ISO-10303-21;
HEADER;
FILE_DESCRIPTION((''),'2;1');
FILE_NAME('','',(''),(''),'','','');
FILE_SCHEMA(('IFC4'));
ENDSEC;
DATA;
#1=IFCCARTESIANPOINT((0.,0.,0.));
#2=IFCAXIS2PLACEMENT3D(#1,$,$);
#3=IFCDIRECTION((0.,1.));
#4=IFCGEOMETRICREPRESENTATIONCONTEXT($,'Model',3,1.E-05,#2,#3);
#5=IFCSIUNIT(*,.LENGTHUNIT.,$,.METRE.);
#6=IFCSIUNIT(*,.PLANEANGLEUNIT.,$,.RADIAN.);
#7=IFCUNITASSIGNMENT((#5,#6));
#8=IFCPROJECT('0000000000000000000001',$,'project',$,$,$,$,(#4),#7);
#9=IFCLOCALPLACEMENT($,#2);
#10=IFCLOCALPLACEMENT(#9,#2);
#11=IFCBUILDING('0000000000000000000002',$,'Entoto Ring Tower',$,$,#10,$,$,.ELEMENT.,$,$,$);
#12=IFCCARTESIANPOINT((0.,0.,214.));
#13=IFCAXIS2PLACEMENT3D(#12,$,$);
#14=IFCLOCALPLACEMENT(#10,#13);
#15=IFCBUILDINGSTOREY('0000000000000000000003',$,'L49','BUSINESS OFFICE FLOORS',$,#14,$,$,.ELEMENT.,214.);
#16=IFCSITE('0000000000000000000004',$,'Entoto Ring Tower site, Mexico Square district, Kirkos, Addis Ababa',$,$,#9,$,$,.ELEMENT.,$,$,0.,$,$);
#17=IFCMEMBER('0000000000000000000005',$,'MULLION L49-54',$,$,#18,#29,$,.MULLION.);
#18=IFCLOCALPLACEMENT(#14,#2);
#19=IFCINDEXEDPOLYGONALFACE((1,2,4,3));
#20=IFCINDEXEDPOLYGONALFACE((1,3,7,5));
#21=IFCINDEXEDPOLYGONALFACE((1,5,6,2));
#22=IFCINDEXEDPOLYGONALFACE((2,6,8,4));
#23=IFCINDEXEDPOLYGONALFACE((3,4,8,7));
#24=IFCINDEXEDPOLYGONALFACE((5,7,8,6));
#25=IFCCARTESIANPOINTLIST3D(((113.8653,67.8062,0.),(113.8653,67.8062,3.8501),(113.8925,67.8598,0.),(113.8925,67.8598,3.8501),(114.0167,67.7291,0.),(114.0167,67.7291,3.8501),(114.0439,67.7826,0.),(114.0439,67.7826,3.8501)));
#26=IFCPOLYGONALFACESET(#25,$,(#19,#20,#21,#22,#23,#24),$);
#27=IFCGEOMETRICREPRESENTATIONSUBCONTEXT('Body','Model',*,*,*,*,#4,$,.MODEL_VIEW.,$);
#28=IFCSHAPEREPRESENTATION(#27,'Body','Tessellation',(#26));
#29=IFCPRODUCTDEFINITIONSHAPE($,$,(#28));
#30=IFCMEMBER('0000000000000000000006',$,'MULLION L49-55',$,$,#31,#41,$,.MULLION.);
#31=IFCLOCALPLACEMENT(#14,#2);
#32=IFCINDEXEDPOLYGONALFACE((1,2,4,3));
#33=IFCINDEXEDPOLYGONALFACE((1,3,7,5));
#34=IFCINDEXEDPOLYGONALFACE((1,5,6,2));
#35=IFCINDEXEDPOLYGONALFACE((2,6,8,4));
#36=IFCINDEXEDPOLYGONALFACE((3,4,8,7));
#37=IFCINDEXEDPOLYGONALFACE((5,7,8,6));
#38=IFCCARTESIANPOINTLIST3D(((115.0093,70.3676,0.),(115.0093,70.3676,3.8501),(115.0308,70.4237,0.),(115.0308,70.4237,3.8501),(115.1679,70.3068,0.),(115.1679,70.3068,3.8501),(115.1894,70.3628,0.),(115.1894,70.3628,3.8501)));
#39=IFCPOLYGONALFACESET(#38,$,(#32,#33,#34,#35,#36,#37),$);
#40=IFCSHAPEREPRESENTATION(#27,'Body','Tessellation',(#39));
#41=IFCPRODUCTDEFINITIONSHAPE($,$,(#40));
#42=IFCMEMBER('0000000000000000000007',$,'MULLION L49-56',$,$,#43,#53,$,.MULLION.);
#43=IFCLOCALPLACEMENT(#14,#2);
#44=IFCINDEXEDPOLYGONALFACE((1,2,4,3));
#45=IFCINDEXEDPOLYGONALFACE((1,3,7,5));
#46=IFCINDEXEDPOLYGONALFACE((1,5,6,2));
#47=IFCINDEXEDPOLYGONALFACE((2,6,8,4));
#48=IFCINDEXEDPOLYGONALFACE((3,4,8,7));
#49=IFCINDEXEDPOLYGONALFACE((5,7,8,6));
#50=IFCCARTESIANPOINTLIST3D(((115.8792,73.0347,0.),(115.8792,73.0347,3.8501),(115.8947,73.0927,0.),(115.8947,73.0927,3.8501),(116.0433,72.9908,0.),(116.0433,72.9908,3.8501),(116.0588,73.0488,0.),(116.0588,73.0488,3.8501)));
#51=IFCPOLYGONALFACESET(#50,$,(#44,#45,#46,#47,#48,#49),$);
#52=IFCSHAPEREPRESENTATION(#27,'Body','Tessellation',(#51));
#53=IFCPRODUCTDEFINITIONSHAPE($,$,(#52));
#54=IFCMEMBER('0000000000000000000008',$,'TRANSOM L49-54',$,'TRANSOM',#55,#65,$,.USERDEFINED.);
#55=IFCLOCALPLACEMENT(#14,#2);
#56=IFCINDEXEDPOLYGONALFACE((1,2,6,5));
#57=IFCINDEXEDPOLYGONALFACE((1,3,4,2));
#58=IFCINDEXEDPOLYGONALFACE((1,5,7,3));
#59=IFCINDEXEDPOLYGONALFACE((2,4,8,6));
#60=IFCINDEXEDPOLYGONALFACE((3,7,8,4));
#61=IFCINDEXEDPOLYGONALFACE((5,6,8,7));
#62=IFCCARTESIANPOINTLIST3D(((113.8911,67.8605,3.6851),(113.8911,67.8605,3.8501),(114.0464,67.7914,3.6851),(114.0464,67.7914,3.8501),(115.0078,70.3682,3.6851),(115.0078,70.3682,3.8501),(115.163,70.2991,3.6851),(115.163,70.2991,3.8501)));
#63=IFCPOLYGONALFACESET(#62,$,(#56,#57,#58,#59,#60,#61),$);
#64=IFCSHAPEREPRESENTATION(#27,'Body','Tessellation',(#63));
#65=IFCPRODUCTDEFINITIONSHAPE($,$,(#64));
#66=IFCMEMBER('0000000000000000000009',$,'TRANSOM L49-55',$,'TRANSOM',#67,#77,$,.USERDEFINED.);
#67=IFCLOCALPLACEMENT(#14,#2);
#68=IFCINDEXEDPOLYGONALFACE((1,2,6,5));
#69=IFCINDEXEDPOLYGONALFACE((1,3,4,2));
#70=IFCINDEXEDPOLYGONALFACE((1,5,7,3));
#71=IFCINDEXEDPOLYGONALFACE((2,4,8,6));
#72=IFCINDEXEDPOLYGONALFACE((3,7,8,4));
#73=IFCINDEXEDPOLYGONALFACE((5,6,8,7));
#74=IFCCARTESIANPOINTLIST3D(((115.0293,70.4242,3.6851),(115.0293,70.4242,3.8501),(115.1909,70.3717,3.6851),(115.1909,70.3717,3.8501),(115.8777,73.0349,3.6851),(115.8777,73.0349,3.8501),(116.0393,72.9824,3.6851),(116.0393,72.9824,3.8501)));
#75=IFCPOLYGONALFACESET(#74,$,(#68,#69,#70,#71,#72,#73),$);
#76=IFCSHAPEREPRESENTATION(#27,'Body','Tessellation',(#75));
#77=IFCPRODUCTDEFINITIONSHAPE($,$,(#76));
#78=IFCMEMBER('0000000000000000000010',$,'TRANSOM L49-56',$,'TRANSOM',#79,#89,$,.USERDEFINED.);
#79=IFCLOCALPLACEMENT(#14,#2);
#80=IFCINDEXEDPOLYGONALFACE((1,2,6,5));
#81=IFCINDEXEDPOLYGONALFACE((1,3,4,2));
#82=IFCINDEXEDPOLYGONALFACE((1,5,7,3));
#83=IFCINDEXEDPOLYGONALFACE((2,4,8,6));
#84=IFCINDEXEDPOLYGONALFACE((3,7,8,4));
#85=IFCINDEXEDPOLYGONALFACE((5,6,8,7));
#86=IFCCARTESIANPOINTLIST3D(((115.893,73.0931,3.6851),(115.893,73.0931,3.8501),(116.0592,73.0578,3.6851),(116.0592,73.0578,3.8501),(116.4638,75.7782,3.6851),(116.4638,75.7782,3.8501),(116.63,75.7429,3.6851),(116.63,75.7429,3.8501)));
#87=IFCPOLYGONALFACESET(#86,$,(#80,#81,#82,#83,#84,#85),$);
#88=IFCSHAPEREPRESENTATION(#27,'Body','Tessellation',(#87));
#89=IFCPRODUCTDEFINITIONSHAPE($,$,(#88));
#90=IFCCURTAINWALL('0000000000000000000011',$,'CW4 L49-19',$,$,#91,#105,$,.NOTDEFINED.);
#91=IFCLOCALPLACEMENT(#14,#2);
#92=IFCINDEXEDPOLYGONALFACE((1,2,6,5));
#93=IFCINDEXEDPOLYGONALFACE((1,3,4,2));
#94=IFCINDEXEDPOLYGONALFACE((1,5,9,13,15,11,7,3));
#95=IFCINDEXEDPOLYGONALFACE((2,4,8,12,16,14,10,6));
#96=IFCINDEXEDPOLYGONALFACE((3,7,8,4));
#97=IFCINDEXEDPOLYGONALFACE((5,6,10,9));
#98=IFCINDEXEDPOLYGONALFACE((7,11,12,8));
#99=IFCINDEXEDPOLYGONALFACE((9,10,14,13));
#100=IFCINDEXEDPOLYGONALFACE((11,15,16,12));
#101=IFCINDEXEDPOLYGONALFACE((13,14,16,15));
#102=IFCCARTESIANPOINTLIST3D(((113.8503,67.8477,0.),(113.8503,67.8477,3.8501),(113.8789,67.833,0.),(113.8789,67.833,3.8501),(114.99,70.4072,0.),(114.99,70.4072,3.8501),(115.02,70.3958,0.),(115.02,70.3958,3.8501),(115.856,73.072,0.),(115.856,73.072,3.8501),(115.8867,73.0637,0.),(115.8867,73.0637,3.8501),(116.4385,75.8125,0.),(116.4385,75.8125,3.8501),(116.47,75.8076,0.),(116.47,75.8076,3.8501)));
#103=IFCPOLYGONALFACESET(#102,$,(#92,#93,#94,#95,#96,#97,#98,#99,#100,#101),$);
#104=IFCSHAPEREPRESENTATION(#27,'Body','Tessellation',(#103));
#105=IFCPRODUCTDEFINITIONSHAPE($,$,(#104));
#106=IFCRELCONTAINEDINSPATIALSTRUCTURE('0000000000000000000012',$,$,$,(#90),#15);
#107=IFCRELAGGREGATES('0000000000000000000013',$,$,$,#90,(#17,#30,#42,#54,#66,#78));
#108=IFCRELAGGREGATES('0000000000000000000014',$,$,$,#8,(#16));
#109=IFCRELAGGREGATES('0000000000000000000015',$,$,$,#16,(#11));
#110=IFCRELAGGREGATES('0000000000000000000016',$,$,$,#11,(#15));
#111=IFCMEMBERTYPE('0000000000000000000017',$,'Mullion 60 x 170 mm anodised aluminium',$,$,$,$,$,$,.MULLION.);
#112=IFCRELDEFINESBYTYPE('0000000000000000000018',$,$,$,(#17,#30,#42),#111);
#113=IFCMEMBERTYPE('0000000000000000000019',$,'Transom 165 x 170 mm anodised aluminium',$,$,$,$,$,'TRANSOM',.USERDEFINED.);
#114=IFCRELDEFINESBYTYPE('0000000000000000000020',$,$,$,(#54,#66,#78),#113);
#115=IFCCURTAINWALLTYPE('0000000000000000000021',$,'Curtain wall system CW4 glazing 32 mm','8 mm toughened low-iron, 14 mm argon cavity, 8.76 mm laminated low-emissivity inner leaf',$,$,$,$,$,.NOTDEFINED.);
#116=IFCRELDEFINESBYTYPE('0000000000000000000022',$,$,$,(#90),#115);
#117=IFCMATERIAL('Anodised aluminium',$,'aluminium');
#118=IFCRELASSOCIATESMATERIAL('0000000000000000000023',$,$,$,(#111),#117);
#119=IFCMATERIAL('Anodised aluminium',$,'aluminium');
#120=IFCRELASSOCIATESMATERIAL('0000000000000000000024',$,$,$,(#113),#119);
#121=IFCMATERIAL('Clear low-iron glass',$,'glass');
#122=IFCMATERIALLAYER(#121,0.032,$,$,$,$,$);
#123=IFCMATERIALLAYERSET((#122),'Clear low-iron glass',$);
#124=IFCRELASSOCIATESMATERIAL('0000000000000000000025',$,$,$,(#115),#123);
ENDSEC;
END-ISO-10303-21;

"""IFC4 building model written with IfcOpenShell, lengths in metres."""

from ifc_helpers import new_model, si_unit, direction, frame, origin, origin_2d, place, context, subcontext, project, spatial, polyline, rectangle, outline, extrude, material, layer, layer_set, material_profile, profile_set, type_object, element, aggregate, save


model = new_model("IFC4")

# Units and contexts
model_context = context("Model", 3, precision=1e-05, world=origin(), true_north=direction((0.0, 1.0)))
body_context = subcontext(model_context, "Body", "Model", "MODEL_VIEW")
ifc_project = project(units=[si_unit("LENGTHUNIT", "METRE"), si_unit("PLANEANGLEUNIT", "RADIAN")], contexts=[model_context])

# Members
ifc_material_1 = material(Name="Anodised aluminium", Category="aluminium")
ifc_material_profile_1 = material_profile(ifc_material_1, rectangle(XDim=0.0601, YDim=0.1699, at=origin_2d()), Name="Mullion 60 x 170 mm anodised aluminium")
ifc_profile_set_1 = profile_set([ifc_material_profile_1], Name="Anodised aluminium")
member_type_1 = type_object("IfcMemberType", Name="Mullion 60 x 170 mm anodised aluminium", PredefinedType="MULLION", material=ifc_profile_set_1)
site_placement = place(None, origin())
building_placement = place(site_placement, origin())
storey_placement = place(building_placement, frame((0.0, 0.0, 214.0)))
member_1_placement = place(storey_placement, frame((113.9546, 67.7944, 0.0), z_axis=(0.0, 0.0, 1.0), x_axis=(0.45399, 0.891007, 0.0)))
member_1 = element("IfcMember", 1, at=member_1_placement, type_object=member_type_1, Name="MULLION L49-54", PredefinedType="MULLION", context=body_context, shape_type="SweptSolid", body=[
    extrude(rectangle(XDim=0.0601, YDim=0.1699, at=origin_2d()), origin(), (0.0, 0.0, 1.0), 3.8501),
])
member_2_placement = place(storey_placement, frame((115.0994, 70.3652, 0.0), z_axis=(0.0, 0.0, 1.0), x_axis=(0.358368, 0.93358, 0.0)))
member_2 = element("IfcMember", 2, at=member_2_placement, type_object=member_type_1, Name="MULLION L49-55", PredefinedType="MULLION", context=body_context, shape_type="SweptSolid", body=[
    extrude(rectangle(XDim=0.0601, YDim=0.1699, at=origin_2d()), origin(), (0.0, 0.0, 1.0), 3.8501),
])
member_3_placement = place(storey_placement, frame((115.969, 73.0417, 0.0), z_axis=(0.0, 0.0, 1.0), x_axis=(0.258819, 0.965926, 0.0)))
member_3 = element("IfcMember", 3, at=member_3_placement, type_object=member_type_1, Name="MULLION L49-56", PredefinedType="MULLION", context=body_context, shape_type="SweptSolid", body=[
    extrude(rectangle(XDim=0.0601, YDim=0.1699, at=origin_2d()), origin(), (0.0, 0.0, 1.0), 3.8501),
])
ifc_material_2 = material(Name="Anodised aluminium", Category="aluminium")
ifc_material_profile_2 = material_profile(ifc_material_2, rectangle(XDim=0.1699, YDim=0.165, at=origin_2d()), Name="Transom 165 x 170 mm anodised aluminium")
ifc_profile_set_2 = profile_set([ifc_material_profile_2], Name="Anodised aluminium")
member_type_2 = type_object("IfcMemberType", Name="Transom 165 x 170 mm anodised aluminium", ElementType="TRANSOM", PredefinedType="USERDEFINED", material=ifc_profile_set_2)
member_4_placement = place(storey_placement, frame((113.9688, 67.8259, 3.7676), z_axis=(0.406782, 0.913525, 0.0), x_axis=(-0.913525, 0.406782, 0.0)))
member_4 = element("IfcMember", 4, at=member_4_placement, type_object=member_type_2, Name="TRANSOM L49-54", ObjectType="TRANSOM", PredefinedType="USERDEFINED", context=body_context, shape_type="SweptSolid", body=[
    extrude(rectangle(XDim=0.1699, YDim=0.165, at=origin_2d()), origin(), (0.0, 0.0, 1.0), 2.7451),
])
member_5_placement = place(storey_placement, frame((115.1101, 70.3979, 3.7676), z_axis=(0.309042, 0.951048, 0.0), x_axis=(-0.951048, 0.309042, 0.0)))
member_5 = element("IfcMember", 5, at=member_5_placement, type_object=member_type_2, Name="TRANSOM L49-55", ObjectType="TRANSOM", PredefinedType="USERDEFINED", context=body_context, shape_type="SweptSolid", body=[
    extrude(rectangle(XDim=0.1699, YDim=0.165, at=origin_2d()), origin(), (0.0, 0.0, 1.0), 2.7451),
])
member_6_placement = place(storey_placement, frame((115.9761, 73.0754, 3.7676), z_axis=(0.207937, 0.978142, 0.0), x_axis=(-0.978142, 0.207937, 0.0)))
member_6 = element("IfcMember", 6, at=member_6_placement, type_object=member_type_2, Name="TRANSOM L49-56", ObjectType="TRANSOM", PredefinedType="USERDEFINED", context=body_context, shape_type="SweptSolid", body=[
    extrude(rectangle(XDim=0.1699, YDim=0.165, at=origin_2d()), origin(), (0.0, 0.0, 1.0), 2.7451),
])

# Site, building, storey
site = spatial("IfcSite", under=ifc_project, at=site_placement, Name="Entoto Ring Tower site, Mexico Square district, Kirkos, Addis Ababa", CompositionType="ELEMENT", RefElevation=0.0)
building = spatial("IfcBuilding", under=site, at=building_placement, Name="Entoto Ring Tower", CompositionType="ELEMENT")
storey = spatial("IfcBuildingStorey", under=building, at=storey_placement, Name="L49", Description="BUSINESS OFFICE FLOORS", CompositionType="ELEMENT", Elevation=214.0)

# Curtain wall
ifc_material_3 = material(Name="Clear low-iron glass", Category="glass")
ifc_layer_1 = layer(ifc_material_3, 0.032)
ifc_layer_set_1 = layer_set([ifc_layer_1], Name="Clear low-iron glass")
curtain_wall_type = type_object("IfcCurtainWallType", Name="Curtain wall system CW4 glazing 32 mm", Description="8 mm toughened low-iron, 14 mm argon cavity, 8.76 mm laminated low-emissivity inner leaf", PredefinedType="NOTDEFINED", material=ifc_layer_set_1)
curtain_wall_1_placement = place(storey_placement, origin())
curtain_wall_1 = element("IfcCurtainWall", 7, at=curtain_wall_1_placement, inside=storey, type_object=curtain_wall_type, Name="CW4 L49-19", PredefinedType="NOTDEFINED", context=body_context, shape_type="SweptSolid", body=[
    extrude(outline(polyline([(113.8789, 67.833), (115.02, 70.3958), (115.8867, 73.0637), (116.47, 75.8076), (116.4385, 75.8125), (115.856, 73.072), (114.99, 70.4072), (113.8503, 67.8477), (113.8789, 67.833)])), origin(), (0.0, 0.0, 1.0), 3.8501),
])
aggregate(curtain_wall_1, [member_1, member_2, member_3, member_4, member_5, member_6])

save(model, "model.ifc")
